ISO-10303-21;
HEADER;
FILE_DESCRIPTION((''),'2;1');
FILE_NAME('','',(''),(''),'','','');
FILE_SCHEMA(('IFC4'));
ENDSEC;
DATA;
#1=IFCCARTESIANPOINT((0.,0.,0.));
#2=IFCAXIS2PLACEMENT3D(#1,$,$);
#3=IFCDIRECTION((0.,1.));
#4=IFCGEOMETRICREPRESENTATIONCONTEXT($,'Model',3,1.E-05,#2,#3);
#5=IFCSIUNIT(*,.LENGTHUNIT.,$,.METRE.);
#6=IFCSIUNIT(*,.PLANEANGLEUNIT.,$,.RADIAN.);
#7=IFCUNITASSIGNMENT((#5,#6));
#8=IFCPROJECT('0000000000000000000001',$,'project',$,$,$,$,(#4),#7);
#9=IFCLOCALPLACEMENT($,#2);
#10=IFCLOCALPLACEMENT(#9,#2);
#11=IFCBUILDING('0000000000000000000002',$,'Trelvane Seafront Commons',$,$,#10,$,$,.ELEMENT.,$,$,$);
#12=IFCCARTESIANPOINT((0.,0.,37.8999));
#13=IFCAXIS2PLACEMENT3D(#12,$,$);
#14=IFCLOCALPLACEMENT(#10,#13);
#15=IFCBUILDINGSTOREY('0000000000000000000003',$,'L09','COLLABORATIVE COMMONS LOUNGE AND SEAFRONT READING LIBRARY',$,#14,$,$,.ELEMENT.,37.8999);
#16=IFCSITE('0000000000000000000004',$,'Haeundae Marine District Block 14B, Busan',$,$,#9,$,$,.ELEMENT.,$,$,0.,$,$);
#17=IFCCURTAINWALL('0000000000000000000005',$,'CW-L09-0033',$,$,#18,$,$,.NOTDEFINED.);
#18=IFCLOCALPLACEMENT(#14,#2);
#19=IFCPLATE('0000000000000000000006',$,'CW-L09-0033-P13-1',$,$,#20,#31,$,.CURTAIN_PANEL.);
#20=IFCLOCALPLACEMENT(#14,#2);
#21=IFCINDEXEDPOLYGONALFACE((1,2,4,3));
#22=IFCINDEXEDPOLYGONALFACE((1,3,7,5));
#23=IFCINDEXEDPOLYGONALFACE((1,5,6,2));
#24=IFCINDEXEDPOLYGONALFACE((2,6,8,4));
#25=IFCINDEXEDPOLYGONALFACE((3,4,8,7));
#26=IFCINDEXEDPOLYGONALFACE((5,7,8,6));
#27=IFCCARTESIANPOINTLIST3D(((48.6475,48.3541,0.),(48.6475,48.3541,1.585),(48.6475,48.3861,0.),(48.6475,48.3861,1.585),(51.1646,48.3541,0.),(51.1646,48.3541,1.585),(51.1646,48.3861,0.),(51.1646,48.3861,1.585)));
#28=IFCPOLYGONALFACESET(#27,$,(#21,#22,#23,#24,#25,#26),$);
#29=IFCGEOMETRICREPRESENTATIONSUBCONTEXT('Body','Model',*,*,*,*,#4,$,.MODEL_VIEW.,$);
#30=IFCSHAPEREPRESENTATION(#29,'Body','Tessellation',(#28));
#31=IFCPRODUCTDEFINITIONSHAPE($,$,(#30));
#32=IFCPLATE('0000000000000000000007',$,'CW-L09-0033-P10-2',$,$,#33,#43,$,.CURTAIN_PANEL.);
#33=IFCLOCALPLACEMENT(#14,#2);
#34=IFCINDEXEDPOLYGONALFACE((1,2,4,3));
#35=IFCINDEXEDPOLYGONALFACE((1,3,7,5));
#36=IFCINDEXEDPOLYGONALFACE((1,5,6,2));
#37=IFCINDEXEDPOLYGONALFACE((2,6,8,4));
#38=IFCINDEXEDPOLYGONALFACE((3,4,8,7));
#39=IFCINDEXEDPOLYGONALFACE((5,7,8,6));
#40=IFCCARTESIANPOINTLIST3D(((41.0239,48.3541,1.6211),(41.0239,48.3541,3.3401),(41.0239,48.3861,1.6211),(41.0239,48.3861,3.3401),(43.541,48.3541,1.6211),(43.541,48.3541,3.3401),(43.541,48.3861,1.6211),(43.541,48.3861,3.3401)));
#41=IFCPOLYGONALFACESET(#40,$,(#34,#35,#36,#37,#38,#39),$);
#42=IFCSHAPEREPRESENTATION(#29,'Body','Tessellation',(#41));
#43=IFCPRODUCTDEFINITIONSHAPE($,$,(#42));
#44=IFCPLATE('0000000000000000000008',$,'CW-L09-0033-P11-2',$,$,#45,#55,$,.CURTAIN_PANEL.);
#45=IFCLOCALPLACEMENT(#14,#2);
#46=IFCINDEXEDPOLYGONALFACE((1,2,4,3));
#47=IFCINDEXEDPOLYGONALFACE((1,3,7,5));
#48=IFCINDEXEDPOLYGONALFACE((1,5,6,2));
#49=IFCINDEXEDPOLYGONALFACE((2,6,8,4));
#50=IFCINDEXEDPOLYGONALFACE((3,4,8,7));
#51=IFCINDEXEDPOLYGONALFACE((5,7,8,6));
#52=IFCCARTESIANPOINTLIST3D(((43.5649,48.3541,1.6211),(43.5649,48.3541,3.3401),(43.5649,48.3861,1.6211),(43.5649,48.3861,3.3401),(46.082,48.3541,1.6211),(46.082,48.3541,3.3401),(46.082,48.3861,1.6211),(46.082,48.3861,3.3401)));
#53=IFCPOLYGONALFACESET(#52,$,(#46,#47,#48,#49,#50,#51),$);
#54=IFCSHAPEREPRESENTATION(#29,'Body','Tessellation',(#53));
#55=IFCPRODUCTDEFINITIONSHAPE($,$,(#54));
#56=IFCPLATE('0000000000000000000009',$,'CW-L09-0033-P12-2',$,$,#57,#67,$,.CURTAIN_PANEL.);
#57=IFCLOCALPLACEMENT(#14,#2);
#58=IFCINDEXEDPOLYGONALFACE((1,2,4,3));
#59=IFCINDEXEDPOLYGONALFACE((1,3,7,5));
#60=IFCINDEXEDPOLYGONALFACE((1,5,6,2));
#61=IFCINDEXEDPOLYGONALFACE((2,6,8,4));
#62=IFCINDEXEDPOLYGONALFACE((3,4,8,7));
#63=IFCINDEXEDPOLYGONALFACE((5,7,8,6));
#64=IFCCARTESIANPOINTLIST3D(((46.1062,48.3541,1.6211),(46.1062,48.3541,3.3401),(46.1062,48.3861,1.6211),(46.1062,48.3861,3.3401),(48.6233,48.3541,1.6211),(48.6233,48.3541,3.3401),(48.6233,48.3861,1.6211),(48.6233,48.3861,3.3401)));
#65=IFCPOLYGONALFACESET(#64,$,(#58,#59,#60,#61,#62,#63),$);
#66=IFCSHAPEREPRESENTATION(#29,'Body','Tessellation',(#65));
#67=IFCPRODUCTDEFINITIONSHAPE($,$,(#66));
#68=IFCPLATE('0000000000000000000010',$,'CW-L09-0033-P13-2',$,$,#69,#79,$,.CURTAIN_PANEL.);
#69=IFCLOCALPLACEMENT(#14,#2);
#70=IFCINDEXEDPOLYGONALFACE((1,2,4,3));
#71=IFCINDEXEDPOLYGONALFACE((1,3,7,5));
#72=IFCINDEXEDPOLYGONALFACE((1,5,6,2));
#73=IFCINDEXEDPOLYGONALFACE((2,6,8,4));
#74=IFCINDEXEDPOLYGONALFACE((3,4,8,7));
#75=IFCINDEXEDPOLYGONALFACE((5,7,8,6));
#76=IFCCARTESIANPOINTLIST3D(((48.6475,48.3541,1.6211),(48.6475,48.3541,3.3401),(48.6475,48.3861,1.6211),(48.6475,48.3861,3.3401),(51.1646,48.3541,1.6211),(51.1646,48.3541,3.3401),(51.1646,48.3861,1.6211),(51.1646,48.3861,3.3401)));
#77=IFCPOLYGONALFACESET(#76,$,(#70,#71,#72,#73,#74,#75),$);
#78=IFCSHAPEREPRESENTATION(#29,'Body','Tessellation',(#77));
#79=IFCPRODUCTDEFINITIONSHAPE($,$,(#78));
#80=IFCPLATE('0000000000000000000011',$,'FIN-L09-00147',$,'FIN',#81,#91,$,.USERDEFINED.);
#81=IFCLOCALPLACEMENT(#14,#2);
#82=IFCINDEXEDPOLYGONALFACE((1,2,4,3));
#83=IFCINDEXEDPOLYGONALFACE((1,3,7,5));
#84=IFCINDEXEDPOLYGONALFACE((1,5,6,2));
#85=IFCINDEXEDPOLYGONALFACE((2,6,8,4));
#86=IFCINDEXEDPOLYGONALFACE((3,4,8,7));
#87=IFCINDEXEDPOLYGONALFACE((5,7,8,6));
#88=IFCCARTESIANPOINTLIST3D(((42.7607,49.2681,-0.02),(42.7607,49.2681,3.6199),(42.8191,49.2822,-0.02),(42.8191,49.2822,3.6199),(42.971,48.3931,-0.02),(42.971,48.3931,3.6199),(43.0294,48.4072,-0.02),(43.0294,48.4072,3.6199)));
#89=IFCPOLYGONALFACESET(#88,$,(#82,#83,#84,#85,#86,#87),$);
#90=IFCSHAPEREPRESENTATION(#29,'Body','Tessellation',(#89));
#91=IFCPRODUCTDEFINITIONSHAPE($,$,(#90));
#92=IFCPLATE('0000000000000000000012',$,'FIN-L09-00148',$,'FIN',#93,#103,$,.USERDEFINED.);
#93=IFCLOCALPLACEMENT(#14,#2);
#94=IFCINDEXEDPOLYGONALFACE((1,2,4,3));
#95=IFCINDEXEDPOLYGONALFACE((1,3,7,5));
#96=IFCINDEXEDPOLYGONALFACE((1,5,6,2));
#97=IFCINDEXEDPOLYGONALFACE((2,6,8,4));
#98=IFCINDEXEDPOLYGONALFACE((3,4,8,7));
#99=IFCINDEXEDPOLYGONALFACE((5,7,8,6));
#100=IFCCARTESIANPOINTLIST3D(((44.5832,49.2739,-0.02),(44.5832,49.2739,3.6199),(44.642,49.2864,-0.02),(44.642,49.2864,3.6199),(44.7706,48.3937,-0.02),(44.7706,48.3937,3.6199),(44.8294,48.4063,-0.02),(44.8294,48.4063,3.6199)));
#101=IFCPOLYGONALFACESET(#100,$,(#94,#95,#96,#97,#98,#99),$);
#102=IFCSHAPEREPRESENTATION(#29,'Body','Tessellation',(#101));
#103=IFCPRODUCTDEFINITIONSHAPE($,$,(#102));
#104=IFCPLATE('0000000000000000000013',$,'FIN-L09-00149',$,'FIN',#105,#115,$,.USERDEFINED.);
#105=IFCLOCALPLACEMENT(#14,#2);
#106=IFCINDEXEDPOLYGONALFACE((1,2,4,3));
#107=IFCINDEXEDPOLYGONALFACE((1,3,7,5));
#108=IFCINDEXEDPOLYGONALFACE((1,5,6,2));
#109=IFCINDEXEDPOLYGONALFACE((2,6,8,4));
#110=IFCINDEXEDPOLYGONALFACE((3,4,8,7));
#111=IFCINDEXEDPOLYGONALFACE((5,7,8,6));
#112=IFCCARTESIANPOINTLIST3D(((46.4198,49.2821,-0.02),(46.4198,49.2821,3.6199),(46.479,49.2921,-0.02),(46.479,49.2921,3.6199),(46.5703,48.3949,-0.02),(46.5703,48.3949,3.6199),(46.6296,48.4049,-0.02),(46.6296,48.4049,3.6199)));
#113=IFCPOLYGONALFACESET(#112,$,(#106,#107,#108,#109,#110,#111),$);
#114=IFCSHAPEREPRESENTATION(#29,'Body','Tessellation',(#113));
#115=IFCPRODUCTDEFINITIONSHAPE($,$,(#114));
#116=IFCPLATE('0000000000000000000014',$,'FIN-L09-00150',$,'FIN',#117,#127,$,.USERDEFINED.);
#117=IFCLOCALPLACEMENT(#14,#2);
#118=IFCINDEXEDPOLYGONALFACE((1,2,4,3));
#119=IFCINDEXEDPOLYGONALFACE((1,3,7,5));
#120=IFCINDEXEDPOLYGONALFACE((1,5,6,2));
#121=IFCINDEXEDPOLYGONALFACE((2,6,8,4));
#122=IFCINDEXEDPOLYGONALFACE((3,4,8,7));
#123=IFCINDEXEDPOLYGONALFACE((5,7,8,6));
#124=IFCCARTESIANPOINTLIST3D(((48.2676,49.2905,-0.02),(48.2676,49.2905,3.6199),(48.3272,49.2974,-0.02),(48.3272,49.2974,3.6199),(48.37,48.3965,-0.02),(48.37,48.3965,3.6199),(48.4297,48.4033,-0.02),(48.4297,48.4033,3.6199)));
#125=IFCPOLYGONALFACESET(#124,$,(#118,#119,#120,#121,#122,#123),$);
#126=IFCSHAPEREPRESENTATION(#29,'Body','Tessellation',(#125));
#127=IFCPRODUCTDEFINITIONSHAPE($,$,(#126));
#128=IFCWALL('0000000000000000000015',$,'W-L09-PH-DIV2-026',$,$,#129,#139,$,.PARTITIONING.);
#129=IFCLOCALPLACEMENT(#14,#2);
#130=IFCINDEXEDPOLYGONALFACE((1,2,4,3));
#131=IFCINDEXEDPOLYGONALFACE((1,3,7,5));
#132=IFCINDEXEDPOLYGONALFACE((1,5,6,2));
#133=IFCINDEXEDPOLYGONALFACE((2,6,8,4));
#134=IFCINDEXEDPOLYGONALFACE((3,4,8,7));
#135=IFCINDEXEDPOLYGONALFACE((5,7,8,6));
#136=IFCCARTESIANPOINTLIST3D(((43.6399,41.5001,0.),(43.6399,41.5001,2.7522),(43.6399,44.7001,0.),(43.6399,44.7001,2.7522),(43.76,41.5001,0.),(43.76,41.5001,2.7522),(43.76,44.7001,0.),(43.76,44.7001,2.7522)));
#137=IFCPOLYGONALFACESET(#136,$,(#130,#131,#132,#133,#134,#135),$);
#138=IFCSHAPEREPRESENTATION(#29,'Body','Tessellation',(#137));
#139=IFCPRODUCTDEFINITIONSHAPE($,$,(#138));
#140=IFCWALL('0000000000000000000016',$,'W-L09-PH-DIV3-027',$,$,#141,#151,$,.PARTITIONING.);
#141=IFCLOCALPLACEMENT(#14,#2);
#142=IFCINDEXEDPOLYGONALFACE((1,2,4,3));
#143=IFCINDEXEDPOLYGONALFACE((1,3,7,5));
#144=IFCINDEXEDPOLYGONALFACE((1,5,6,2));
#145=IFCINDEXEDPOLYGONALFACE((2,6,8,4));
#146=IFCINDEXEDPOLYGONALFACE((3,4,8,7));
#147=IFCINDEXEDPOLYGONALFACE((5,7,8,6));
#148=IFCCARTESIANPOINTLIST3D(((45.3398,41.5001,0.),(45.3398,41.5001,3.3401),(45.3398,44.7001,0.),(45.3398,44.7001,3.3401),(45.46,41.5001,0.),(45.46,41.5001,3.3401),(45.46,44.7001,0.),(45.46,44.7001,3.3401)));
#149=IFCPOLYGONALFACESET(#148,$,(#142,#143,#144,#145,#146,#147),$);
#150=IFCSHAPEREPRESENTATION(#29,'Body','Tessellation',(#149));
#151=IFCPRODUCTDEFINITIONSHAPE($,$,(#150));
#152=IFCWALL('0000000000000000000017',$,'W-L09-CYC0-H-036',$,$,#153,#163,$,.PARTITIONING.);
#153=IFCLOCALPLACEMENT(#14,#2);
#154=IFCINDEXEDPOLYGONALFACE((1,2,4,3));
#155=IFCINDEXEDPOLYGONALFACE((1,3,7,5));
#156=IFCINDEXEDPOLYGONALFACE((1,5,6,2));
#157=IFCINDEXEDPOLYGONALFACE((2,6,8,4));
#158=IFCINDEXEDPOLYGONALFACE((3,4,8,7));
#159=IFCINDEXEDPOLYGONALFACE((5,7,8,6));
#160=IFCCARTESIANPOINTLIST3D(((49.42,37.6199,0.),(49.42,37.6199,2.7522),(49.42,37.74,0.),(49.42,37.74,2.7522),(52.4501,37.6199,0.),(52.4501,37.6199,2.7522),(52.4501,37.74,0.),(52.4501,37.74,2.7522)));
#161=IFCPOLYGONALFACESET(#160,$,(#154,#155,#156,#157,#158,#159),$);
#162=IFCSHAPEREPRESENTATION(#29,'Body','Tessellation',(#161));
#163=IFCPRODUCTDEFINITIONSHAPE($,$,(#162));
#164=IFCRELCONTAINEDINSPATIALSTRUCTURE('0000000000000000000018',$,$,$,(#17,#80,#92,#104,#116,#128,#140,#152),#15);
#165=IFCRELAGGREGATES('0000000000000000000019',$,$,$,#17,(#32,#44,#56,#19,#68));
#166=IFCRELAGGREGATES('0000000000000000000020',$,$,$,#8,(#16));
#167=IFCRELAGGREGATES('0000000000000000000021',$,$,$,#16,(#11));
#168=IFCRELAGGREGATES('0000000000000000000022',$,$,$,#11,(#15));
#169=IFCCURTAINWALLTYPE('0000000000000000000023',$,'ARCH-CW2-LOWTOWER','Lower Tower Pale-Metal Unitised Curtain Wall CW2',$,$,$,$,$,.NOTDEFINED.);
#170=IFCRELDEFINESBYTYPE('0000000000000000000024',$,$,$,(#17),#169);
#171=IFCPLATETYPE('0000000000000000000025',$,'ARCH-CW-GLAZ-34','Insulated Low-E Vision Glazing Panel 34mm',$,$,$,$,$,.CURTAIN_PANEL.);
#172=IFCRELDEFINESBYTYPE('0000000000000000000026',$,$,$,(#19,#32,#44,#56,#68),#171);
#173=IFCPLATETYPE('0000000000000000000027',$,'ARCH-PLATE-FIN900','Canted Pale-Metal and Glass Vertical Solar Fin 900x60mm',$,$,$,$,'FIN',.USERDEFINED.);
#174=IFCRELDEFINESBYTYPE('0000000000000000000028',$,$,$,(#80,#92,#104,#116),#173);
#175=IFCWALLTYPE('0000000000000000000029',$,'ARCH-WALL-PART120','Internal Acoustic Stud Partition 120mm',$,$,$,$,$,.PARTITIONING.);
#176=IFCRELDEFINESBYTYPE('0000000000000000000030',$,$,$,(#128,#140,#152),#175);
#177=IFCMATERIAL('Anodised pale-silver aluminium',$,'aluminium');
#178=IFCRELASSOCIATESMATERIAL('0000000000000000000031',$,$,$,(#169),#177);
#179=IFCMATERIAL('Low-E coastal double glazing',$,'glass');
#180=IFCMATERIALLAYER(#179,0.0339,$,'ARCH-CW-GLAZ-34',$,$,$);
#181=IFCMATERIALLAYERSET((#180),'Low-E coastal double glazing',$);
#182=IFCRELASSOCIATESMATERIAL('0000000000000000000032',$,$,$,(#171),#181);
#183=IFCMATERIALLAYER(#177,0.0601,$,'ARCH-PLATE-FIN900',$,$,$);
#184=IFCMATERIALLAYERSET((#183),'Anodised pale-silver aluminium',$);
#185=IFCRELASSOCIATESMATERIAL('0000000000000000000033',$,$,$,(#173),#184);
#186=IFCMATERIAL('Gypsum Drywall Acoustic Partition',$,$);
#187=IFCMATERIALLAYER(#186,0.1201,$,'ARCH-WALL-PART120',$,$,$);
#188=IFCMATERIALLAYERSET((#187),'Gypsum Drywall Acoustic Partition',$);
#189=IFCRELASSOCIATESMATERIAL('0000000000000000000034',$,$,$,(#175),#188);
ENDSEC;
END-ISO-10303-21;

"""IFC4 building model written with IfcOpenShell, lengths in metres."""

from ifc_helpers import new_model, si_unit, direction, frame, frame_2d, origin, origin_2d, place, context, subcontext, project, spatial, rectangle, extrude, source, transform, mapped, material, layer, layer_set, type_object, element, aggregate, save


model = new_model("IFC4")

# Units and contexts
model_context = context("Model", 3, precision=1e-05, world=origin(), true_north=direction((0.0, 1.0)))
body_context = subcontext(model_context, "Body", "Model", "MODEL_VIEW")
ifc_project = project(units=[si_unit("LENGTHUNIT", "METRE"), si_unit("PLANEANGLEUNIT", "RADIAN")], contexts=[model_context])

# Site, building, storey
site_placement = place(None, origin())
site = spatial("IfcSite", under=ifc_project, at=site_placement, Name="Haeundae Marine District Block 14B, Busan", CompositionType="ELEMENT", RefElevation=0.0)
building_placement = place(site_placement, origin())
building = spatial("IfcBuilding", under=site, at=building_placement, Name="Trelvane Seafront Commons", CompositionType="ELEMENT")
storey_placement = place(building_placement, frame((0.0, 0.0, 37.8999)))
storey = spatial("IfcBuildingStorey", under=building, at=storey_placement, Name="L09", Description="COLLABORATIVE COMMONS LOUNGE AND SEAFRONT READING LIBRARY", CompositionType="ELEMENT", Elevation=37.8999)

# Curtain wall, plates
ifc_material_1 = material(Name="Anodised pale-silver aluminium", Category="aluminium")
curtain_wall_type = type_object("IfcCurtainWallType", Name="ARCH-CW2-LOWTOWER", Description="Lower Tower Pale-Metal Unitised Curtain Wall CW2", PredefinedType="NOTDEFINED", material=ifc_material_1)
curtain_wall_placement = place(storey_placement, origin())
curtain_wall = element("IfcCurtainWall", 1, at=curtain_wall_placement, inside=storey, type_object=curtain_wall_type, Name="CW-L09-0033", PredefinedType="NOTDEFINED")
ifc_material_2 = material(Name="Low-E coastal double glazing", Category="glass")
ifc_layer_1 = layer(ifc_material_2, 0.0339, Name="ARCH-CW-GLAZ-34")
ifc_layer_set_1 = layer_set([ifc_layer_1], Name="Low-E coastal double glazing")
plate_type_1 = type_object("IfcPlateType", Name="ARCH-CW-GLAZ-34", Description="Insulated Low-E Vision Glazing Panel 34mm", PredefinedType="CURTAIN_PANEL", material=ifc_layer_set_1)
shared_shape_1 = source(origin(), body_context, "Body", "SweptSolid", [
    extrude(rectangle(XDim=2.5171, YDim=0.032, at=origin_2d()), origin(), (0.0, 0.0, 1.0), 1.585),
])
plate_1_placement = place(storey_placement, frame((49.906, 48.3701, 0.0), z_axis=(0.0, 0.0, 1.0), x_axis=(1.0, 0.0, 0.0)))
plate_1 = element("IfcPlate", 2, at=plate_1_placement, type_object=plate_type_1, Name="CW-L09-0033-P13-1", PredefinedType="CURTAIN_PANEL", context=body_context, shape_type="MappedRepresentation", body=[
    mapped(shared_shape_1, transform((0.0, 0.0, 0.0), x_axis=(1.0, 0.0, 0.0), y_axis=(0.0, 1.0, 0.0), z_axis=(0.0, 0.0, 1.0), scale=1.0)),
])
shared_shape_2 = source(origin(), body_context, "Body", "SweptSolid", [
    extrude(rectangle(XDim=2.5171, YDim=0.032, at=origin_2d()), origin(), (0.0, 0.0, 1.0), 1.719),
])
plate_2_placement = place(storey_placement, frame((42.2825, 48.3701, 1.6211), z_axis=(0.0, 0.0, 1.0), x_axis=(1.0, 0.0, 0.0)))
plate_2 = element("IfcPlate", 3, at=plate_2_placement, type_object=plate_type_1, Name="CW-L09-0033-P10-2", PredefinedType="CURTAIN_PANEL", context=body_context, shape_type="MappedRepresentation", body=[
    mapped(shared_shape_2, transform((0.0, 0.0, 0.0), x_axis=(1.0, 0.0, 0.0), y_axis=(0.0, 1.0, 0.0), z_axis=(0.0, 0.0, 1.0), scale=1.0)),
])
plate_3_placement = place(storey_placement, frame((44.8235, 48.3701, 1.6211), z_axis=(0.0, 0.0, 1.0), x_axis=(1.0, 0.0, 0.0)))
plate_3 = element("IfcPlate", 4, at=plate_3_placement, type_object=plate_type_1, Name="CW-L09-0033-P11-2", PredefinedType="CURTAIN_PANEL", context=body_context, shape_type="MappedRepresentation", body=[
    mapped(shared_shape_2, transform((0.0, 0.0, 0.0), x_axis=(1.0, 0.0, 0.0), y_axis=(0.0, 1.0, 0.0), z_axis=(0.0, 0.0, 1.0), scale=1.0)),
])
plate_4_placement = place(storey_placement, frame((47.3647, 48.3701, 1.6211), z_axis=(0.0, 0.0, 1.0), x_axis=(1.0, 0.0, 0.0)))
plate_4 = element("IfcPlate", 5, at=plate_4_placement, type_object=plate_type_1, Name="CW-L09-0033-P12-2", PredefinedType="CURTAIN_PANEL", context=body_context, shape_type="MappedRepresentation", body=[
    mapped(shared_shape_2, transform((0.0, 0.0, 0.0), x_axis=(1.0, 0.0, 0.0), y_axis=(0.0, 1.0, 0.0), z_axis=(0.0, 0.0, 1.0), scale=1.0)),
])
plate_5_placement = place(storey_placement, frame((49.906, 48.3701, 1.6211), z_axis=(0.0, 0.0, 1.0), x_axis=(1.0, 0.0, 0.0)))
plate_5 = element("IfcPlate", 6, at=plate_5_placement, type_object=plate_type_1, Name="CW-L09-0033-P13-2", PredefinedType="CURTAIN_PANEL", context=body_context, shape_type="MappedRepresentation", body=[
    mapped(shared_shape_2, transform((0.0, 0.0, 0.0), x_axis=(1.0, 0.0, 0.0), y_axis=(0.0, 1.0, 0.0), z_axis=(0.0, 0.0, 1.0), scale=1.0)),
])
aggregate(curtain_wall, [plate_2, plate_3, plate_4, plate_1, plate_5])

# Plates
ifc_layer_2 = layer(ifc_material_1, 0.0601, Name="ARCH-PLATE-FIN900")
ifc_layer_set_2 = layer_set([ifc_layer_2], Name="Anodised pale-silver aluminium")
plate_type_2 = type_object("IfcPlateType", Name="ARCH-PLATE-FIN900", Description="Canted Pale-Metal and Glass Vertical Solar Fin 900x60mm", ElementType="FIN", PredefinedType="USERDEFINED", material=ifc_layer_set_2)
shared_shape_3 = source(origin(), body_context, "Body", "SweptSolid", [
    extrude(rectangle(XDim=0.8999, YDim=0.0601, at=origin_2d()), origin(), (0.0, 0.0, 1.0), 3.6399),
])
for number, where, z_axis, x_axis, name in (
    (7, (42.895, 48.8376, -0.02), (0.0, 0.0, 1.0), (-0.233663, 0.972318, 0.0), "FIN-L09-00147"),
    (8, (44.7063, 48.8401, -0.02), (0.0, 0.0, 1.0), (-0.208216, 0.978083, 0.0), "FIN-L09-00148"),
    (9, (46.5247, 48.8435, -0.02), (0.0, 0.0, 1.0), (-0.167335, 0.9859, 0.0), "FIN-L09-00149"),
    (10, (48.3486, 48.8469, -0.02), (0.0, 0.0, 1.0), (-0.113895, 0.993493, 0.0), "FIN-L09-00150"),
):
    element("IfcPlate", number, at=place(storey_placement, frame(where, z_axis=z_axis, x_axis=x_axis)), inside=storey, type_object=plate_type_2, Name=name, ObjectType="FIN", PredefinedType="USERDEFINED", context=body_context, shape_type="MappedRepresentation", body=[
        mapped(shared_shape_3, transform((0.0, 0.0, 0.0), x_axis=(1.0, 0.0, 0.0), y_axis=(0.0, 1.0, 0.0), z_axis=(0.0, 0.0, 1.0), scale=1.0)),
    ])

# Walls
ifc_material_3 = material(Name="Gypsum Drywall Acoustic Partition")
ifc_layer_3 = layer(ifc_material_3, 0.1201, Name="ARCH-WALL-PART120")
ifc_layer_set_3 = layer_set([ifc_layer_3], Name="Gypsum Drywall Acoustic Partition")
wall_type_1 = type_object("IfcWallType", Name="ARCH-WALL-PART120", Description="Internal Acoustic Stud Partition 120mm", PredefinedType="PARTITIONING", material=ifc_layer_set_3)
wall_1_placement = place(storey_placement, frame((43.7, 41.5, 0.0), z_axis=(0.0, 0.0, 1.0), x_axis=(0.0, 1.0, 0.0)))
element("IfcWall", 11, at=wall_1_placement, inside=storey, type_object=wall_type_1, Name="W-L09-PH-DIV2-026", PredefinedType="PARTITIONING", context=body_context, shape_type="SweptSolid", body=[
    extrude(rectangle(XDim=3.2, YDim=0.1201, at=frame_2d((1.6001, 0.0))), origin(), (0.0, 0.0, 1.0), 2.7522),
])
wall_2_placement = place(storey_placement, frame((45.3999, 41.5, 0.0), z_axis=(0.0, 0.0, 1.0), x_axis=(0.0, 1.0, 0.0)))
element("IfcWall", 12, at=wall_2_placement, inside=storey, type_object=wall_type_1, Name="W-L09-PH-DIV3-027", PredefinedType="PARTITIONING", context=body_context, shape_type="SweptSolid", body=[
    extrude(rectangle(XDim=3.2, YDim=0.1201, at=frame_2d((1.6001, 0.0))), origin(), (0.0, 0.0, 1.0), 3.3401),
])
wall_3_placement = place(storey_placement, frame((49.4199, 37.6799, 0.0), z_axis=(0.0, 0.0, 1.0), x_axis=(1.0, 0.0, 0.0)))
element("IfcWall", 13, at=wall_3_placement, inside=storey, type_object=wall_type_1, Name="W-L09-CYC0-H-036", PredefinedType="PARTITIONING", context=body_context, shape_type="SweptSolid", body=[
    extrude(rectangle(XDim=3.03, YDim=0.1201, at=frame_2d((1.5151, 0.0))), origin(), (0.0, 0.0, 1.0), 2.7522),
])

save(model, "model.ifc")
